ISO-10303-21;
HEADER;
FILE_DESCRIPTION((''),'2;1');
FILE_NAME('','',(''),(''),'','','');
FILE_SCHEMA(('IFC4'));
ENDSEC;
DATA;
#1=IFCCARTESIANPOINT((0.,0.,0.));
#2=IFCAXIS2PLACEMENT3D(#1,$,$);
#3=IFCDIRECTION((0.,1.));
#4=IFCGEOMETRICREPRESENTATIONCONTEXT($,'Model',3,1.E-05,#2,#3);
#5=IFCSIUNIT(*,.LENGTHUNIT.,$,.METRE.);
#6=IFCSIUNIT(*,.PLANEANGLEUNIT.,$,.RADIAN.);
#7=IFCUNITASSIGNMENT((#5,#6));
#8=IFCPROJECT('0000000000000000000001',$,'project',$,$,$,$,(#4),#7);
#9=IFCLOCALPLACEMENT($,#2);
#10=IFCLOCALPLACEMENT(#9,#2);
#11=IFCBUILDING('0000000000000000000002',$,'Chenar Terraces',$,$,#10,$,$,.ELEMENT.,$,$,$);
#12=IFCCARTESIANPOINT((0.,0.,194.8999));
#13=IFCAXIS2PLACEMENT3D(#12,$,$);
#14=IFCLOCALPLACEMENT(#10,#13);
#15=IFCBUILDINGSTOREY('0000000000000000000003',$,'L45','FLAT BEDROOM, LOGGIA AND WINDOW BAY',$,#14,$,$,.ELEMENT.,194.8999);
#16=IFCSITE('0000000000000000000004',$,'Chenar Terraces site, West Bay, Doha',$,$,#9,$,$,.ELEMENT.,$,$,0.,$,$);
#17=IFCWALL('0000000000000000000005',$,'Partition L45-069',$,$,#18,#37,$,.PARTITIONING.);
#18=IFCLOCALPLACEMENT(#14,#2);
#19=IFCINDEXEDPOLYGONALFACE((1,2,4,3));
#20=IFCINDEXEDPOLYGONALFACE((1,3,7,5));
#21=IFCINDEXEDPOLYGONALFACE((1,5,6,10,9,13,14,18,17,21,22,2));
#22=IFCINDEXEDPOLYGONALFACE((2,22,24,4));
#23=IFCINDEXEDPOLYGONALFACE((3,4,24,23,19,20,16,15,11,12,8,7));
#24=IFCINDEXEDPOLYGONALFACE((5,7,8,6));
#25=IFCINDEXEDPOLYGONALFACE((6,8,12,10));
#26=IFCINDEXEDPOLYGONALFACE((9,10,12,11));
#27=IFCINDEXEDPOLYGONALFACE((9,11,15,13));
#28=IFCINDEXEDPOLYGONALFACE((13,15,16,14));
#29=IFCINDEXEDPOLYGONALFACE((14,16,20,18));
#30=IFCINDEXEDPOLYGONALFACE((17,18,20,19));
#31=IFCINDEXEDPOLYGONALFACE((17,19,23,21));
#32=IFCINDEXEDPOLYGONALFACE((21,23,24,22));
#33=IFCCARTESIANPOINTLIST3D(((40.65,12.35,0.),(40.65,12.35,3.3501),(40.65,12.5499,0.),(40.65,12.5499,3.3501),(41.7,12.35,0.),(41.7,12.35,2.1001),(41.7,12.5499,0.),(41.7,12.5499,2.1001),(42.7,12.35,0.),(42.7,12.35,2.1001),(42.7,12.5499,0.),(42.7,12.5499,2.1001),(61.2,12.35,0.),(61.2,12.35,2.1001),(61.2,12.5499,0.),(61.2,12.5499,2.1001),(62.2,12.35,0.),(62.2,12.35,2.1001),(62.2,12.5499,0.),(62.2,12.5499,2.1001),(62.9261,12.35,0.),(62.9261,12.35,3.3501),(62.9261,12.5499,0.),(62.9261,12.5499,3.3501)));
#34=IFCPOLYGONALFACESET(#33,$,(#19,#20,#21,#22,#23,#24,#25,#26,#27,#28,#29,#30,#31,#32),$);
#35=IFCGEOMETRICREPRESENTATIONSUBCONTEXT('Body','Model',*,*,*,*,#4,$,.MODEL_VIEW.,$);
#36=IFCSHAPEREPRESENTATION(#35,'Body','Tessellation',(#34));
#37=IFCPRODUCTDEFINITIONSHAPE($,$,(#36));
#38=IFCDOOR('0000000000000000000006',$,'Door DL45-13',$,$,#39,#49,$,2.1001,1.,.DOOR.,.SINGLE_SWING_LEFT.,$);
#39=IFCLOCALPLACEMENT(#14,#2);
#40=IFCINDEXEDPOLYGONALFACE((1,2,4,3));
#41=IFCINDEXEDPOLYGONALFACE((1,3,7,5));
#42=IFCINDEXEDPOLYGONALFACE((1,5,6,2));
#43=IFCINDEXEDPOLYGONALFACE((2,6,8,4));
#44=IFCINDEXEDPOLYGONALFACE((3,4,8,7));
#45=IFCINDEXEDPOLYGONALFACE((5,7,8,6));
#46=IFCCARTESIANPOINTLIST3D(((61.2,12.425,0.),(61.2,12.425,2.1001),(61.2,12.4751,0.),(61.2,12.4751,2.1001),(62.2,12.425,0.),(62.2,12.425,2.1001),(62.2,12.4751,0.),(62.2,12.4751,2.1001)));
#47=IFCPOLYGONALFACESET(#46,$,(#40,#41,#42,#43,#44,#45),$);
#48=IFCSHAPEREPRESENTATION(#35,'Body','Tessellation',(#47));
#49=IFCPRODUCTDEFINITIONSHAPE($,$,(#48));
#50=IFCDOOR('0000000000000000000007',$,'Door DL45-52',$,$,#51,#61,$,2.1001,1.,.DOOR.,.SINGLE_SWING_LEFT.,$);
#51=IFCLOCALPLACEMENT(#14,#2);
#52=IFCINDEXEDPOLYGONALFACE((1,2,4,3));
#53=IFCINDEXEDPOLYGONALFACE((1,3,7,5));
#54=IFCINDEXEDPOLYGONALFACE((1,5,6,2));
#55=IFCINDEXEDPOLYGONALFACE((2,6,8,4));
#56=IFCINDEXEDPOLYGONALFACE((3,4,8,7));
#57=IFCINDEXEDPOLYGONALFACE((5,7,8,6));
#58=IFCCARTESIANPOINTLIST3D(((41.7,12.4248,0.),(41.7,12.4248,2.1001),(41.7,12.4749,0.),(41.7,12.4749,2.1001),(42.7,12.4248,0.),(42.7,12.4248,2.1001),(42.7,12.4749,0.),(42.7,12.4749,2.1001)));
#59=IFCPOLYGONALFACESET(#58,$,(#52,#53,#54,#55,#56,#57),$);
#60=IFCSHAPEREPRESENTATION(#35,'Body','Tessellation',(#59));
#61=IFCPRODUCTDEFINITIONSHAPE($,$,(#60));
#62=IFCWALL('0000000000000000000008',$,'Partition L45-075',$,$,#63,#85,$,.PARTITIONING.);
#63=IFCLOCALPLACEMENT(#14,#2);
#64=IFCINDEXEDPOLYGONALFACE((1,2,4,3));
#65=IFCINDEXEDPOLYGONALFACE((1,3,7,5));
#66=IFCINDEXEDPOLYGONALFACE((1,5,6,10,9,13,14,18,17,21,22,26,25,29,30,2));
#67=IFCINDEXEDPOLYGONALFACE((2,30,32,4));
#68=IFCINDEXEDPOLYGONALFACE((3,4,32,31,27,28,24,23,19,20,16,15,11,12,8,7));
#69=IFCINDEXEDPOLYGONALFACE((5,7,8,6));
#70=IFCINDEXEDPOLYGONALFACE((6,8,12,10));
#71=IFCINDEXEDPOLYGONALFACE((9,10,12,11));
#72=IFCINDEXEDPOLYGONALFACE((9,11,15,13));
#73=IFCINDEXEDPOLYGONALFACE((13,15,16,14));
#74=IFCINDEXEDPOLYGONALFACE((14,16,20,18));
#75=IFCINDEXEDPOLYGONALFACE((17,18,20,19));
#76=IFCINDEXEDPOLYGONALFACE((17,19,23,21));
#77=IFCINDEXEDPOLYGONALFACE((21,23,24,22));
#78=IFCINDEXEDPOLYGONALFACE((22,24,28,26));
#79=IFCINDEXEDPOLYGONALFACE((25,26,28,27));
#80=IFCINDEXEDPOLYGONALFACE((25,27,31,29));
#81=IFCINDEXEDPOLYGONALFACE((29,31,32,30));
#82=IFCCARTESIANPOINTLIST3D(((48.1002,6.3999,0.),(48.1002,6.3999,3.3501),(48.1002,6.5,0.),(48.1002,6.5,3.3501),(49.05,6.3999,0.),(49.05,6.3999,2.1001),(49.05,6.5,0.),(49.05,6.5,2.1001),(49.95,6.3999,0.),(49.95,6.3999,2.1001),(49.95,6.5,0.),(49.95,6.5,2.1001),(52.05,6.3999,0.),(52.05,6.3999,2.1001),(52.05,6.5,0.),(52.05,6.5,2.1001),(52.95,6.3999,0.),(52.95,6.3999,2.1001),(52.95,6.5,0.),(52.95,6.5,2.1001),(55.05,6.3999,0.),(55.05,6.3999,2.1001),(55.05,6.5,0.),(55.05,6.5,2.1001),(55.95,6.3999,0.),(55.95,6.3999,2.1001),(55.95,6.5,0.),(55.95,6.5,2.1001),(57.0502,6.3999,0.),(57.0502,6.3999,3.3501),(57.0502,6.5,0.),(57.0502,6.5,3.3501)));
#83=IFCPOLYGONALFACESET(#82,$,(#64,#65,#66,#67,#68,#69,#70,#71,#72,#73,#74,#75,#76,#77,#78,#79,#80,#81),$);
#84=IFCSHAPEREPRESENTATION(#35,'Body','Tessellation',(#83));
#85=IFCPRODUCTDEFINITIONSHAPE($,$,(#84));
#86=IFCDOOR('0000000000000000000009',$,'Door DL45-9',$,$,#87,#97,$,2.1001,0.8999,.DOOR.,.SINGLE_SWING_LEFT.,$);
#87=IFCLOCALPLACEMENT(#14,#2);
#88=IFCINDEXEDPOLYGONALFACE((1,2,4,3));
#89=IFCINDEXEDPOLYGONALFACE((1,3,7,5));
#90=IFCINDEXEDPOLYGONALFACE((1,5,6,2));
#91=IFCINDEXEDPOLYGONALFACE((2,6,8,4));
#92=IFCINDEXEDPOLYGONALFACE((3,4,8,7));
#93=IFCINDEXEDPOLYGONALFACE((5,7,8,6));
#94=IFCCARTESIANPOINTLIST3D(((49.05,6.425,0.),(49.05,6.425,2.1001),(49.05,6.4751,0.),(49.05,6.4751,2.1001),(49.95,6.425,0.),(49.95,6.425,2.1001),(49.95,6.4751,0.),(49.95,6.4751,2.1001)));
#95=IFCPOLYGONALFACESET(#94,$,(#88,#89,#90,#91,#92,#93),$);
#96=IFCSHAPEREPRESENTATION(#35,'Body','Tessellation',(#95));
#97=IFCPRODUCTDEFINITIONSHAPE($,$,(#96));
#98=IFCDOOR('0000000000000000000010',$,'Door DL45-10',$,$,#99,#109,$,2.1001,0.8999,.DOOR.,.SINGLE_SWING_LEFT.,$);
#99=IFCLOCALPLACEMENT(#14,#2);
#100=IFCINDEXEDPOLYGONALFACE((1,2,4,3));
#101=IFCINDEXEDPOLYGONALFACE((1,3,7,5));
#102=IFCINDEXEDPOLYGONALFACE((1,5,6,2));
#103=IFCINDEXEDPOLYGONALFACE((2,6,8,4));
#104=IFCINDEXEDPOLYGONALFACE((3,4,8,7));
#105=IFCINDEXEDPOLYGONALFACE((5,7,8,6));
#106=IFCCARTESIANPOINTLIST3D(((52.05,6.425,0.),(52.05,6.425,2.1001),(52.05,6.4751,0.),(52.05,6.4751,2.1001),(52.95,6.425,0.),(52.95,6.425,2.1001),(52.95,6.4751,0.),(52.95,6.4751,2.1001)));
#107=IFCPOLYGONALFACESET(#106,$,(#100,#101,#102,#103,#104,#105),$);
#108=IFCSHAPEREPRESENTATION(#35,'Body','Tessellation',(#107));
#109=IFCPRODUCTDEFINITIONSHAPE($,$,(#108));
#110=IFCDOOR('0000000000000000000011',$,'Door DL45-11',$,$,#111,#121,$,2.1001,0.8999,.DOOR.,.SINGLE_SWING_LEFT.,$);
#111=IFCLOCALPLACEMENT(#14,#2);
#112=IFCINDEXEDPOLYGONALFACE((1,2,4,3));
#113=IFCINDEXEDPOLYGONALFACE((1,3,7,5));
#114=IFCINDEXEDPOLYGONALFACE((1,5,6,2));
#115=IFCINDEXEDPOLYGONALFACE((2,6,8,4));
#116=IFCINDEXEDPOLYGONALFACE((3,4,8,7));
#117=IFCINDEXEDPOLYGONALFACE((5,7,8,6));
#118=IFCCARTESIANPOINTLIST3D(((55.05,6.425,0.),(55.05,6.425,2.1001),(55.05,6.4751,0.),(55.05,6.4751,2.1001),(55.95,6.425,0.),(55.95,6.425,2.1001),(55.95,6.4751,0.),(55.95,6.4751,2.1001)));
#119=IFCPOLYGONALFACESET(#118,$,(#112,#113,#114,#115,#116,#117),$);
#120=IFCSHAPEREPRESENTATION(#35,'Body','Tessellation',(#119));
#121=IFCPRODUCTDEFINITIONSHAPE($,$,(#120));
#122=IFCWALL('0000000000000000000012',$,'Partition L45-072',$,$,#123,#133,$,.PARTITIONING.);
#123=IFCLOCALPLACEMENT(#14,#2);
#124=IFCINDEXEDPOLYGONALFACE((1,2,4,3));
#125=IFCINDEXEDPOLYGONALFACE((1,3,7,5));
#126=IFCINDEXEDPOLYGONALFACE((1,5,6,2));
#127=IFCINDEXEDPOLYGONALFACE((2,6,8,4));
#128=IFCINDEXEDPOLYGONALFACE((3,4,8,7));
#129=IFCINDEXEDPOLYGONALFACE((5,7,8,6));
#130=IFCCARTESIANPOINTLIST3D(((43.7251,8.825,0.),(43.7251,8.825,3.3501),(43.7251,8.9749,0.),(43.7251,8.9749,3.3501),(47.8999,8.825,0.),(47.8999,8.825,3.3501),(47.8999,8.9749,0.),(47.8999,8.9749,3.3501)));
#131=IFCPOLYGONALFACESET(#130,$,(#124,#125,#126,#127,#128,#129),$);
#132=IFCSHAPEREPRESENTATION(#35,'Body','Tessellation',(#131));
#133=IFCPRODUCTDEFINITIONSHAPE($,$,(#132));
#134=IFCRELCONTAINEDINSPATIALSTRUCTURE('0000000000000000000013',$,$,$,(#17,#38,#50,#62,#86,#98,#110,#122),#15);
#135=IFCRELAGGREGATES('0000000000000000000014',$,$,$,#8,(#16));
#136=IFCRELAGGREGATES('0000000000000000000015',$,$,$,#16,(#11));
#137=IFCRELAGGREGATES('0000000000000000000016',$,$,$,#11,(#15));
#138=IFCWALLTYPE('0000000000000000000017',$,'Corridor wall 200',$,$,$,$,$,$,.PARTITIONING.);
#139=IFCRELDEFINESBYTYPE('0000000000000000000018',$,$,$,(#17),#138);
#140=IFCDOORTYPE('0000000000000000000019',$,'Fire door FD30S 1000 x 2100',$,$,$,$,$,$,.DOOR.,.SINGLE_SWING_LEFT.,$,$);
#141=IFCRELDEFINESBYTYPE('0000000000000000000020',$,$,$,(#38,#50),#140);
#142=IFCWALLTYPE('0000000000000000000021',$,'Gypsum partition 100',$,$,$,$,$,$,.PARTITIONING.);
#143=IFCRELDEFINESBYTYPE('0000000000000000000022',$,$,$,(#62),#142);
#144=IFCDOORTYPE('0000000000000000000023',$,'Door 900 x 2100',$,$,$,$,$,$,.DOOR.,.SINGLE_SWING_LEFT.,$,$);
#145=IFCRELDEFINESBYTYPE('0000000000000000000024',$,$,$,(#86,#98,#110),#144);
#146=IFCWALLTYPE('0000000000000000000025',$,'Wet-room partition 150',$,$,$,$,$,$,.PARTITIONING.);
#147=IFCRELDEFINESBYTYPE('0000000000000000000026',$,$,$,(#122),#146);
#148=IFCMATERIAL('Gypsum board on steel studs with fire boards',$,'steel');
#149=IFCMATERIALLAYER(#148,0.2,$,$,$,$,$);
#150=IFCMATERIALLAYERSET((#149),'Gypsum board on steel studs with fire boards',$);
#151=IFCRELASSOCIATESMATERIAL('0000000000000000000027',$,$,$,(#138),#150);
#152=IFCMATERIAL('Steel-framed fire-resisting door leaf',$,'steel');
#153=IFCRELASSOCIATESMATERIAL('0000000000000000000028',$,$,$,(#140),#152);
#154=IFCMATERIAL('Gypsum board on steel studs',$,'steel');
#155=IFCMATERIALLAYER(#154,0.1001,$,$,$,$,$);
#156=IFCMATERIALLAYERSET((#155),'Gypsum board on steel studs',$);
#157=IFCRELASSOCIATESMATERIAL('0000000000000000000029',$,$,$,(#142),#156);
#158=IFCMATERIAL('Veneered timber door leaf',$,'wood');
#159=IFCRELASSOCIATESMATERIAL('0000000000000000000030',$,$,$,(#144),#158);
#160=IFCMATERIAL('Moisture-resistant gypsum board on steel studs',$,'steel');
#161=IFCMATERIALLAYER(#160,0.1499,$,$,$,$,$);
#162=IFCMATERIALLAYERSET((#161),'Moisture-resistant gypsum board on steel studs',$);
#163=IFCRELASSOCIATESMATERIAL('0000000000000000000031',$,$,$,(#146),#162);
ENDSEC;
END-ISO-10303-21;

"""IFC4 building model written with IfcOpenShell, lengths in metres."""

from ifc_helpers import new_model, si_unit, direction, frame, frame_2d, origin, place, context, subcontext, project, spatial, rectangle, extrude, material, layer, layer_set, type_object, element, fill, save


model = new_model("IFC4")

# Units and contexts
model_context = context("Model", 3, precision=1e-05, world=origin(), true_north=direction((0.0, 1.0)))
body_context = subcontext(model_context, "Body", "Model", "MODEL_VIEW")
ifc_project = project(units=[si_unit("LENGTHUNIT", "METRE"), si_unit("PLANEANGLEUNIT", "RADIAN")], contexts=[model_context])

# Site, building, storey
site_placement = place(None, origin())
site = spatial("IfcSite", under=ifc_project, at=site_placement, Name="Chenar Terraces site, West Bay, Doha", CompositionType="ELEMENT", RefElevation=0.0)
building_placement = place(site_placement, origin())
building = spatial("IfcBuilding", under=site, at=building_placement, Name="Chenar Terraces", CompositionType="ELEMENT")
storey_placement = place(building_placement, frame((0.0, 0.0, 194.8999)))
storey = spatial("IfcBuildingStorey", under=building, at=storey_placement, Name="L45", Description="FLAT BEDROOM, LOGGIA AND WINDOW BAY", CompositionType="ELEMENT", Elevation=194.8999)

# Walls, openings, doors
ifc_material_1 = material(Name="Gypsum board on steel studs with fire boards", Category="steel")
ifc_layer_1 = layer(ifc_material_1, 0.2)
ifc_layer_set_1 = layer_set([ifc_layer_1], Name="Gypsum board on steel studs with fire boards")
wall_type_1 = type_object("IfcWallType", Name="Corridor wall 200", PredefinedType="PARTITIONING", material=ifc_layer_set_1)
wall_1_placement = place(storey_placement, frame((40.6499, 12.45, 0.0), z_axis=(0.0, 0.0, 1.0), x_axis=(1.0, 0.0, 0.0)))
wall_1 = element("IfcWall", 1, at=wall_1_placement, inside=storey, type_object=wall_type_1, Name="Partition L45-069", PredefinedType="PARTITIONING", context=body_context, shape_type="SweptSolid", body=[
    extrude(rectangle(XDim=22.2761, YDim=0.2, at=frame_2d((11.1382, 0.0))), origin(), (0.0, 0.0, 1.0), 3.3501),
])
opening_1_placement = place(wall_1_placement, frame((20.55, 0.0, 0.0)))
opening_1 = element("IfcOpeningElement", 2, at=opening_1_placement, cuts=wall_1, PredefinedType="OPENING", context=body_context, shape_type="SweptSolid", body=[
    extrude(rectangle(XDim=1.0, YDim=2.1001, at=frame_2d((0.5, 1.05))), frame((0.0, 0.1099, 0.0), z_axis=(0.0, -1.0, 0.0), x_axis=(1.0, 0.0, 0.0)), (0.0, 0.0, 1.0), 0.22),
])
opening_2_placement = place(wall_1_placement, frame((1.05, 0.0, 0.0)))
opening_2 = element("IfcOpeningElement", 3, at=opening_2_placement, cuts=wall_1, PredefinedType="OPENING", context=body_context, shape_type="SweptSolid", body=[
    extrude(rectangle(XDim=1.0, YDim=2.1001, at=frame_2d((0.5, 1.05))), frame((0.0, 0.1099, 0.0), z_axis=(0.0, -1.0, 0.0), x_axis=(1.0, 0.0, 0.0)), (0.0, 0.0, 1.0), 0.22),
])
ifc_material_2 = material(Name="Steel-framed fire-resisting door leaf", Category="steel")
door_type_1 = type_object("IfcDoorType", Name="Fire door FD30S 1000 x 2100", OperationType="SINGLE_SWING_LEFT", PredefinedType="DOOR", material=ifc_material_2)
door_1_placement = place(opening_1_placement, frame((1.0, 0.0, 0.0), z_axis=(0.0, 0.0, 1.0), x_axis=(-1.0, 0.0, 0.0)))
door_1 = element("IfcDoor", 4, at=door_1_placement, inside=storey, type_object=door_type_1, Name="Door DL45-13", OperationType="SINGLE_SWING_LEFT", OverallHeight=2.1001, OverallWidth=1.0, PredefinedType="DOOR", context=body_context, shape_type="SweptSolid", body=[
    extrude(rectangle(XDim=1.0, YDim=2.1001, at=frame_2d((0.5, 1.05))), frame((0.0, 0.0249, 0.0), z_axis=(0.0, -1.0, 0.0), x_axis=(1.0, 0.0, 0.0)), (0.0, 0.0, 1.0), 0.05),
])
fill(opening_1, door_1)
door_2_placement = place(opening_2_placement, origin())
door_2 = element("IfcDoor", 5, at=door_2_placement, inside=storey, type_object=door_type_1, Name="Door DL45-52", OperationType="SINGLE_SWING_LEFT", OverallHeight=2.1001, OverallWidth=1.0, PredefinedType="DOOR", context=body_context, shape_type="SweptSolid", body=[
    extrude(rectangle(XDim=1.0, YDim=2.1001, at=frame_2d((0.5, 1.05))), frame((0.0, 0.0249, 0.0), z_axis=(0.0, -1.0, 0.0), x_axis=(1.0, 0.0, 0.0)), (0.0, 0.0, 1.0), 0.05),
])
fill(opening_2, door_2)
ifc_material_3 = material(Name="Gypsum board on steel studs", Category="steel")
ifc_layer_2 = layer(ifc_material_3, 0.1001)
ifc_layer_set_2 = layer_set([ifc_layer_2], Name="Gypsum board on steel studs")
wall_type_2 = type_object("IfcWallType", Name="Gypsum partition 100", PredefinedType="PARTITIONING", material=ifc_layer_set_2)
wall_2_placement = place(storey_placement, frame((48.1001, 6.45, 0.0), z_axis=(0.0, 0.0, 1.0), x_axis=(1.0, 0.0, 0.0)))
wall_2 = element("IfcWall", 6, at=wall_2_placement, inside=storey, type_object=wall_type_2, Name="Partition L45-075", PredefinedType="PARTITIONING", context=body_context, shape_type="SweptSolid", body=[
    extrude(rectangle(XDim=8.95, YDim=0.1001, at=frame_2d((4.4751, 0.0))), origin(), (0.0, 0.0, 1.0), 3.3501),
])
opening_3_placement = place(wall_2_placement, frame((0.95, 0.0, 0.0)))
opening_3 = element("IfcOpeningElement", 7, at=opening_3_placement, cuts=wall_2, PredefinedType="OPENING", context=body_context, shape_type="SweptSolid", body=[
    extrude(rectangle(XDim=0.8999, YDim=2.1001, at=frame_2d((0.45, 1.05))), frame((0.0, 0.0601, 0.0), z_axis=(0.0, -1.0, 0.0), x_axis=(1.0, 0.0, 0.0)), (0.0, 0.0, 1.0), 0.1201),
])
opening_4_placement = place(wall_2_placement, frame((3.95, 0.0, 0.0)))
opening_4 = element("IfcOpeningElement", 8, at=opening_4_placement, cuts=wall_2, PredefinedType="OPENING", context=body_context, shape_type="SweptSolid", body=[
    extrude(rectangle(XDim=0.8999, YDim=2.1001, at=frame_2d((0.45, 1.05))), frame((0.0, 0.0601, 0.0), z_axis=(0.0, -1.0, 0.0), x_axis=(1.0, 0.0, 0.0)), (0.0, 0.0, 1.0), 0.1201),
])
opening_5_placement = place(wall_2_placement, frame((6.95, 0.0, 0.0)))
opening_5 = element("IfcOpeningElement", 9, at=opening_5_placement, cuts=wall_2, PredefinedType="OPENING", context=body_context, shape_type="SweptSolid", body=[
    extrude(rectangle(XDim=0.8999, YDim=2.1001, at=frame_2d((0.45, 1.05))), frame((0.0, 0.0601, 0.0), z_axis=(0.0, -1.0, 0.0), x_axis=(1.0, 0.0, 0.0)), (0.0, 0.0, 1.0), 0.1201),
])
ifc_material_4 = material(Name="Veneered timber door leaf", Category="wood")
door_type_2 = type_object("IfcDoorType", Name="Door 900 x 2100", OperationType="SINGLE_SWING_LEFT", PredefinedType="DOOR", material=ifc_material_4)
door_3_placement = place(opening_3_placement, frame((0.8999, 0.0, 0.0), z_axis=(0.0, 0.0, 1.0), x_axis=(-1.0, 0.0, 0.0)))
door_3 = element("IfcDoor", 10, at=door_3_placement, inside=storey, type_object=door_type_2, Name="Door DL45-9", OperationType="SINGLE_SWING_LEFT", OverallHeight=2.1001, OverallWidth=0.8999, PredefinedType="DOOR", context=body_context, shape_type="SweptSolid", body=[
    extrude(rectangle(XDim=0.8999, YDim=2.1001, at=frame_2d((0.45, 1.05))), frame((0.0, 0.0249, 0.0), z_axis=(0.0, -1.0, 0.0), x_axis=(1.0, 0.0, 0.0)), (0.0, 0.0, 1.0), 0.05),
])
fill(opening_3, door_3)
door_4_placement = place(opening_4_placement, frame((0.8999, 0.0, 0.0), z_axis=(0.0, 0.0, 1.0), x_axis=(-1.0, 0.0, 0.0)))
door_4 = element("IfcDoor", 11, at=door_4_placement, inside=storey, type_object=door_type_2, Name="Door DL45-10", OperationType="SINGLE_SWING_LEFT", OverallHeight=2.1001, OverallWidth=0.8999, PredefinedType="DOOR", context=body_context, shape_type="SweptSolid", body=[
    extrude(rectangle(XDim=0.8999, YDim=2.1001, at=frame_2d((0.45, 1.05))), frame((0.0, 0.0249, 0.0), z_axis=(0.0, -1.0, 0.0), x_axis=(1.0, 0.0, 0.0)), (0.0, 0.0, 1.0), 0.05),
])
fill(opening_4, door_4)
door_5_placement = place(opening_5_placement, frame((0.8999, 0.0, 0.0), z_axis=(0.0, 0.0, 1.0), x_axis=(-1.0, 0.0, 0.0)))
door_5 = element("IfcDoor", 12, at=door_5_placement, inside=storey, type_object=door_type_2, Name="Door DL45-11", OperationType="SINGLE_SWING_LEFT", OverallHeight=2.1001, OverallWidth=0.8999, PredefinedType="DOOR", context=body_context, shape_type="SweptSolid", body=[
    extrude(rectangle(XDim=0.8999, YDim=2.1001, at=frame_2d((0.45, 1.05))), frame((0.0, 0.0249, 0.0), z_axis=(0.0, -1.0, 0.0), x_axis=(1.0, 0.0, 0.0)), (0.0, 0.0, 1.0), 0.05),
])
fill(opening_5, door_5)

# Wall
ifc_material_5 = material(Name="Moisture-resistant gypsum board on steel studs", Category="steel")
ifc_layer_3 = layer(ifc_material_5, 0.1499)
ifc_layer_set_3 = layer_set([ifc_layer_3], Name="Moisture-resistant gypsum board on steel studs")
wall_type_3 = type_object("IfcWallType", Name="Wet-room partition 150", PredefinedType="PARTITIONING", material=ifc_layer_set_3)
wall_3_placement = place(storey_placement, frame((43.7251, 8.8999, 0.0), z_axis=(0.0, 0.0, 1.0), x_axis=(1.0, 0.0, 0.0)))
element("IfcWall", 13, at=wall_3_placement, inside=storey, type_object=wall_type_3, Name="Partition L45-072", PredefinedType="PARTITIONING", context=body_context, shape_type="SweptSolid", body=[
    extrude(rectangle(XDim=4.1748, YDim=0.1499, at=frame_2d((2.0874, 0.0))), origin(), (0.0, 0.0, 1.0), 3.3501),
])

save(model, "model.ifc")
